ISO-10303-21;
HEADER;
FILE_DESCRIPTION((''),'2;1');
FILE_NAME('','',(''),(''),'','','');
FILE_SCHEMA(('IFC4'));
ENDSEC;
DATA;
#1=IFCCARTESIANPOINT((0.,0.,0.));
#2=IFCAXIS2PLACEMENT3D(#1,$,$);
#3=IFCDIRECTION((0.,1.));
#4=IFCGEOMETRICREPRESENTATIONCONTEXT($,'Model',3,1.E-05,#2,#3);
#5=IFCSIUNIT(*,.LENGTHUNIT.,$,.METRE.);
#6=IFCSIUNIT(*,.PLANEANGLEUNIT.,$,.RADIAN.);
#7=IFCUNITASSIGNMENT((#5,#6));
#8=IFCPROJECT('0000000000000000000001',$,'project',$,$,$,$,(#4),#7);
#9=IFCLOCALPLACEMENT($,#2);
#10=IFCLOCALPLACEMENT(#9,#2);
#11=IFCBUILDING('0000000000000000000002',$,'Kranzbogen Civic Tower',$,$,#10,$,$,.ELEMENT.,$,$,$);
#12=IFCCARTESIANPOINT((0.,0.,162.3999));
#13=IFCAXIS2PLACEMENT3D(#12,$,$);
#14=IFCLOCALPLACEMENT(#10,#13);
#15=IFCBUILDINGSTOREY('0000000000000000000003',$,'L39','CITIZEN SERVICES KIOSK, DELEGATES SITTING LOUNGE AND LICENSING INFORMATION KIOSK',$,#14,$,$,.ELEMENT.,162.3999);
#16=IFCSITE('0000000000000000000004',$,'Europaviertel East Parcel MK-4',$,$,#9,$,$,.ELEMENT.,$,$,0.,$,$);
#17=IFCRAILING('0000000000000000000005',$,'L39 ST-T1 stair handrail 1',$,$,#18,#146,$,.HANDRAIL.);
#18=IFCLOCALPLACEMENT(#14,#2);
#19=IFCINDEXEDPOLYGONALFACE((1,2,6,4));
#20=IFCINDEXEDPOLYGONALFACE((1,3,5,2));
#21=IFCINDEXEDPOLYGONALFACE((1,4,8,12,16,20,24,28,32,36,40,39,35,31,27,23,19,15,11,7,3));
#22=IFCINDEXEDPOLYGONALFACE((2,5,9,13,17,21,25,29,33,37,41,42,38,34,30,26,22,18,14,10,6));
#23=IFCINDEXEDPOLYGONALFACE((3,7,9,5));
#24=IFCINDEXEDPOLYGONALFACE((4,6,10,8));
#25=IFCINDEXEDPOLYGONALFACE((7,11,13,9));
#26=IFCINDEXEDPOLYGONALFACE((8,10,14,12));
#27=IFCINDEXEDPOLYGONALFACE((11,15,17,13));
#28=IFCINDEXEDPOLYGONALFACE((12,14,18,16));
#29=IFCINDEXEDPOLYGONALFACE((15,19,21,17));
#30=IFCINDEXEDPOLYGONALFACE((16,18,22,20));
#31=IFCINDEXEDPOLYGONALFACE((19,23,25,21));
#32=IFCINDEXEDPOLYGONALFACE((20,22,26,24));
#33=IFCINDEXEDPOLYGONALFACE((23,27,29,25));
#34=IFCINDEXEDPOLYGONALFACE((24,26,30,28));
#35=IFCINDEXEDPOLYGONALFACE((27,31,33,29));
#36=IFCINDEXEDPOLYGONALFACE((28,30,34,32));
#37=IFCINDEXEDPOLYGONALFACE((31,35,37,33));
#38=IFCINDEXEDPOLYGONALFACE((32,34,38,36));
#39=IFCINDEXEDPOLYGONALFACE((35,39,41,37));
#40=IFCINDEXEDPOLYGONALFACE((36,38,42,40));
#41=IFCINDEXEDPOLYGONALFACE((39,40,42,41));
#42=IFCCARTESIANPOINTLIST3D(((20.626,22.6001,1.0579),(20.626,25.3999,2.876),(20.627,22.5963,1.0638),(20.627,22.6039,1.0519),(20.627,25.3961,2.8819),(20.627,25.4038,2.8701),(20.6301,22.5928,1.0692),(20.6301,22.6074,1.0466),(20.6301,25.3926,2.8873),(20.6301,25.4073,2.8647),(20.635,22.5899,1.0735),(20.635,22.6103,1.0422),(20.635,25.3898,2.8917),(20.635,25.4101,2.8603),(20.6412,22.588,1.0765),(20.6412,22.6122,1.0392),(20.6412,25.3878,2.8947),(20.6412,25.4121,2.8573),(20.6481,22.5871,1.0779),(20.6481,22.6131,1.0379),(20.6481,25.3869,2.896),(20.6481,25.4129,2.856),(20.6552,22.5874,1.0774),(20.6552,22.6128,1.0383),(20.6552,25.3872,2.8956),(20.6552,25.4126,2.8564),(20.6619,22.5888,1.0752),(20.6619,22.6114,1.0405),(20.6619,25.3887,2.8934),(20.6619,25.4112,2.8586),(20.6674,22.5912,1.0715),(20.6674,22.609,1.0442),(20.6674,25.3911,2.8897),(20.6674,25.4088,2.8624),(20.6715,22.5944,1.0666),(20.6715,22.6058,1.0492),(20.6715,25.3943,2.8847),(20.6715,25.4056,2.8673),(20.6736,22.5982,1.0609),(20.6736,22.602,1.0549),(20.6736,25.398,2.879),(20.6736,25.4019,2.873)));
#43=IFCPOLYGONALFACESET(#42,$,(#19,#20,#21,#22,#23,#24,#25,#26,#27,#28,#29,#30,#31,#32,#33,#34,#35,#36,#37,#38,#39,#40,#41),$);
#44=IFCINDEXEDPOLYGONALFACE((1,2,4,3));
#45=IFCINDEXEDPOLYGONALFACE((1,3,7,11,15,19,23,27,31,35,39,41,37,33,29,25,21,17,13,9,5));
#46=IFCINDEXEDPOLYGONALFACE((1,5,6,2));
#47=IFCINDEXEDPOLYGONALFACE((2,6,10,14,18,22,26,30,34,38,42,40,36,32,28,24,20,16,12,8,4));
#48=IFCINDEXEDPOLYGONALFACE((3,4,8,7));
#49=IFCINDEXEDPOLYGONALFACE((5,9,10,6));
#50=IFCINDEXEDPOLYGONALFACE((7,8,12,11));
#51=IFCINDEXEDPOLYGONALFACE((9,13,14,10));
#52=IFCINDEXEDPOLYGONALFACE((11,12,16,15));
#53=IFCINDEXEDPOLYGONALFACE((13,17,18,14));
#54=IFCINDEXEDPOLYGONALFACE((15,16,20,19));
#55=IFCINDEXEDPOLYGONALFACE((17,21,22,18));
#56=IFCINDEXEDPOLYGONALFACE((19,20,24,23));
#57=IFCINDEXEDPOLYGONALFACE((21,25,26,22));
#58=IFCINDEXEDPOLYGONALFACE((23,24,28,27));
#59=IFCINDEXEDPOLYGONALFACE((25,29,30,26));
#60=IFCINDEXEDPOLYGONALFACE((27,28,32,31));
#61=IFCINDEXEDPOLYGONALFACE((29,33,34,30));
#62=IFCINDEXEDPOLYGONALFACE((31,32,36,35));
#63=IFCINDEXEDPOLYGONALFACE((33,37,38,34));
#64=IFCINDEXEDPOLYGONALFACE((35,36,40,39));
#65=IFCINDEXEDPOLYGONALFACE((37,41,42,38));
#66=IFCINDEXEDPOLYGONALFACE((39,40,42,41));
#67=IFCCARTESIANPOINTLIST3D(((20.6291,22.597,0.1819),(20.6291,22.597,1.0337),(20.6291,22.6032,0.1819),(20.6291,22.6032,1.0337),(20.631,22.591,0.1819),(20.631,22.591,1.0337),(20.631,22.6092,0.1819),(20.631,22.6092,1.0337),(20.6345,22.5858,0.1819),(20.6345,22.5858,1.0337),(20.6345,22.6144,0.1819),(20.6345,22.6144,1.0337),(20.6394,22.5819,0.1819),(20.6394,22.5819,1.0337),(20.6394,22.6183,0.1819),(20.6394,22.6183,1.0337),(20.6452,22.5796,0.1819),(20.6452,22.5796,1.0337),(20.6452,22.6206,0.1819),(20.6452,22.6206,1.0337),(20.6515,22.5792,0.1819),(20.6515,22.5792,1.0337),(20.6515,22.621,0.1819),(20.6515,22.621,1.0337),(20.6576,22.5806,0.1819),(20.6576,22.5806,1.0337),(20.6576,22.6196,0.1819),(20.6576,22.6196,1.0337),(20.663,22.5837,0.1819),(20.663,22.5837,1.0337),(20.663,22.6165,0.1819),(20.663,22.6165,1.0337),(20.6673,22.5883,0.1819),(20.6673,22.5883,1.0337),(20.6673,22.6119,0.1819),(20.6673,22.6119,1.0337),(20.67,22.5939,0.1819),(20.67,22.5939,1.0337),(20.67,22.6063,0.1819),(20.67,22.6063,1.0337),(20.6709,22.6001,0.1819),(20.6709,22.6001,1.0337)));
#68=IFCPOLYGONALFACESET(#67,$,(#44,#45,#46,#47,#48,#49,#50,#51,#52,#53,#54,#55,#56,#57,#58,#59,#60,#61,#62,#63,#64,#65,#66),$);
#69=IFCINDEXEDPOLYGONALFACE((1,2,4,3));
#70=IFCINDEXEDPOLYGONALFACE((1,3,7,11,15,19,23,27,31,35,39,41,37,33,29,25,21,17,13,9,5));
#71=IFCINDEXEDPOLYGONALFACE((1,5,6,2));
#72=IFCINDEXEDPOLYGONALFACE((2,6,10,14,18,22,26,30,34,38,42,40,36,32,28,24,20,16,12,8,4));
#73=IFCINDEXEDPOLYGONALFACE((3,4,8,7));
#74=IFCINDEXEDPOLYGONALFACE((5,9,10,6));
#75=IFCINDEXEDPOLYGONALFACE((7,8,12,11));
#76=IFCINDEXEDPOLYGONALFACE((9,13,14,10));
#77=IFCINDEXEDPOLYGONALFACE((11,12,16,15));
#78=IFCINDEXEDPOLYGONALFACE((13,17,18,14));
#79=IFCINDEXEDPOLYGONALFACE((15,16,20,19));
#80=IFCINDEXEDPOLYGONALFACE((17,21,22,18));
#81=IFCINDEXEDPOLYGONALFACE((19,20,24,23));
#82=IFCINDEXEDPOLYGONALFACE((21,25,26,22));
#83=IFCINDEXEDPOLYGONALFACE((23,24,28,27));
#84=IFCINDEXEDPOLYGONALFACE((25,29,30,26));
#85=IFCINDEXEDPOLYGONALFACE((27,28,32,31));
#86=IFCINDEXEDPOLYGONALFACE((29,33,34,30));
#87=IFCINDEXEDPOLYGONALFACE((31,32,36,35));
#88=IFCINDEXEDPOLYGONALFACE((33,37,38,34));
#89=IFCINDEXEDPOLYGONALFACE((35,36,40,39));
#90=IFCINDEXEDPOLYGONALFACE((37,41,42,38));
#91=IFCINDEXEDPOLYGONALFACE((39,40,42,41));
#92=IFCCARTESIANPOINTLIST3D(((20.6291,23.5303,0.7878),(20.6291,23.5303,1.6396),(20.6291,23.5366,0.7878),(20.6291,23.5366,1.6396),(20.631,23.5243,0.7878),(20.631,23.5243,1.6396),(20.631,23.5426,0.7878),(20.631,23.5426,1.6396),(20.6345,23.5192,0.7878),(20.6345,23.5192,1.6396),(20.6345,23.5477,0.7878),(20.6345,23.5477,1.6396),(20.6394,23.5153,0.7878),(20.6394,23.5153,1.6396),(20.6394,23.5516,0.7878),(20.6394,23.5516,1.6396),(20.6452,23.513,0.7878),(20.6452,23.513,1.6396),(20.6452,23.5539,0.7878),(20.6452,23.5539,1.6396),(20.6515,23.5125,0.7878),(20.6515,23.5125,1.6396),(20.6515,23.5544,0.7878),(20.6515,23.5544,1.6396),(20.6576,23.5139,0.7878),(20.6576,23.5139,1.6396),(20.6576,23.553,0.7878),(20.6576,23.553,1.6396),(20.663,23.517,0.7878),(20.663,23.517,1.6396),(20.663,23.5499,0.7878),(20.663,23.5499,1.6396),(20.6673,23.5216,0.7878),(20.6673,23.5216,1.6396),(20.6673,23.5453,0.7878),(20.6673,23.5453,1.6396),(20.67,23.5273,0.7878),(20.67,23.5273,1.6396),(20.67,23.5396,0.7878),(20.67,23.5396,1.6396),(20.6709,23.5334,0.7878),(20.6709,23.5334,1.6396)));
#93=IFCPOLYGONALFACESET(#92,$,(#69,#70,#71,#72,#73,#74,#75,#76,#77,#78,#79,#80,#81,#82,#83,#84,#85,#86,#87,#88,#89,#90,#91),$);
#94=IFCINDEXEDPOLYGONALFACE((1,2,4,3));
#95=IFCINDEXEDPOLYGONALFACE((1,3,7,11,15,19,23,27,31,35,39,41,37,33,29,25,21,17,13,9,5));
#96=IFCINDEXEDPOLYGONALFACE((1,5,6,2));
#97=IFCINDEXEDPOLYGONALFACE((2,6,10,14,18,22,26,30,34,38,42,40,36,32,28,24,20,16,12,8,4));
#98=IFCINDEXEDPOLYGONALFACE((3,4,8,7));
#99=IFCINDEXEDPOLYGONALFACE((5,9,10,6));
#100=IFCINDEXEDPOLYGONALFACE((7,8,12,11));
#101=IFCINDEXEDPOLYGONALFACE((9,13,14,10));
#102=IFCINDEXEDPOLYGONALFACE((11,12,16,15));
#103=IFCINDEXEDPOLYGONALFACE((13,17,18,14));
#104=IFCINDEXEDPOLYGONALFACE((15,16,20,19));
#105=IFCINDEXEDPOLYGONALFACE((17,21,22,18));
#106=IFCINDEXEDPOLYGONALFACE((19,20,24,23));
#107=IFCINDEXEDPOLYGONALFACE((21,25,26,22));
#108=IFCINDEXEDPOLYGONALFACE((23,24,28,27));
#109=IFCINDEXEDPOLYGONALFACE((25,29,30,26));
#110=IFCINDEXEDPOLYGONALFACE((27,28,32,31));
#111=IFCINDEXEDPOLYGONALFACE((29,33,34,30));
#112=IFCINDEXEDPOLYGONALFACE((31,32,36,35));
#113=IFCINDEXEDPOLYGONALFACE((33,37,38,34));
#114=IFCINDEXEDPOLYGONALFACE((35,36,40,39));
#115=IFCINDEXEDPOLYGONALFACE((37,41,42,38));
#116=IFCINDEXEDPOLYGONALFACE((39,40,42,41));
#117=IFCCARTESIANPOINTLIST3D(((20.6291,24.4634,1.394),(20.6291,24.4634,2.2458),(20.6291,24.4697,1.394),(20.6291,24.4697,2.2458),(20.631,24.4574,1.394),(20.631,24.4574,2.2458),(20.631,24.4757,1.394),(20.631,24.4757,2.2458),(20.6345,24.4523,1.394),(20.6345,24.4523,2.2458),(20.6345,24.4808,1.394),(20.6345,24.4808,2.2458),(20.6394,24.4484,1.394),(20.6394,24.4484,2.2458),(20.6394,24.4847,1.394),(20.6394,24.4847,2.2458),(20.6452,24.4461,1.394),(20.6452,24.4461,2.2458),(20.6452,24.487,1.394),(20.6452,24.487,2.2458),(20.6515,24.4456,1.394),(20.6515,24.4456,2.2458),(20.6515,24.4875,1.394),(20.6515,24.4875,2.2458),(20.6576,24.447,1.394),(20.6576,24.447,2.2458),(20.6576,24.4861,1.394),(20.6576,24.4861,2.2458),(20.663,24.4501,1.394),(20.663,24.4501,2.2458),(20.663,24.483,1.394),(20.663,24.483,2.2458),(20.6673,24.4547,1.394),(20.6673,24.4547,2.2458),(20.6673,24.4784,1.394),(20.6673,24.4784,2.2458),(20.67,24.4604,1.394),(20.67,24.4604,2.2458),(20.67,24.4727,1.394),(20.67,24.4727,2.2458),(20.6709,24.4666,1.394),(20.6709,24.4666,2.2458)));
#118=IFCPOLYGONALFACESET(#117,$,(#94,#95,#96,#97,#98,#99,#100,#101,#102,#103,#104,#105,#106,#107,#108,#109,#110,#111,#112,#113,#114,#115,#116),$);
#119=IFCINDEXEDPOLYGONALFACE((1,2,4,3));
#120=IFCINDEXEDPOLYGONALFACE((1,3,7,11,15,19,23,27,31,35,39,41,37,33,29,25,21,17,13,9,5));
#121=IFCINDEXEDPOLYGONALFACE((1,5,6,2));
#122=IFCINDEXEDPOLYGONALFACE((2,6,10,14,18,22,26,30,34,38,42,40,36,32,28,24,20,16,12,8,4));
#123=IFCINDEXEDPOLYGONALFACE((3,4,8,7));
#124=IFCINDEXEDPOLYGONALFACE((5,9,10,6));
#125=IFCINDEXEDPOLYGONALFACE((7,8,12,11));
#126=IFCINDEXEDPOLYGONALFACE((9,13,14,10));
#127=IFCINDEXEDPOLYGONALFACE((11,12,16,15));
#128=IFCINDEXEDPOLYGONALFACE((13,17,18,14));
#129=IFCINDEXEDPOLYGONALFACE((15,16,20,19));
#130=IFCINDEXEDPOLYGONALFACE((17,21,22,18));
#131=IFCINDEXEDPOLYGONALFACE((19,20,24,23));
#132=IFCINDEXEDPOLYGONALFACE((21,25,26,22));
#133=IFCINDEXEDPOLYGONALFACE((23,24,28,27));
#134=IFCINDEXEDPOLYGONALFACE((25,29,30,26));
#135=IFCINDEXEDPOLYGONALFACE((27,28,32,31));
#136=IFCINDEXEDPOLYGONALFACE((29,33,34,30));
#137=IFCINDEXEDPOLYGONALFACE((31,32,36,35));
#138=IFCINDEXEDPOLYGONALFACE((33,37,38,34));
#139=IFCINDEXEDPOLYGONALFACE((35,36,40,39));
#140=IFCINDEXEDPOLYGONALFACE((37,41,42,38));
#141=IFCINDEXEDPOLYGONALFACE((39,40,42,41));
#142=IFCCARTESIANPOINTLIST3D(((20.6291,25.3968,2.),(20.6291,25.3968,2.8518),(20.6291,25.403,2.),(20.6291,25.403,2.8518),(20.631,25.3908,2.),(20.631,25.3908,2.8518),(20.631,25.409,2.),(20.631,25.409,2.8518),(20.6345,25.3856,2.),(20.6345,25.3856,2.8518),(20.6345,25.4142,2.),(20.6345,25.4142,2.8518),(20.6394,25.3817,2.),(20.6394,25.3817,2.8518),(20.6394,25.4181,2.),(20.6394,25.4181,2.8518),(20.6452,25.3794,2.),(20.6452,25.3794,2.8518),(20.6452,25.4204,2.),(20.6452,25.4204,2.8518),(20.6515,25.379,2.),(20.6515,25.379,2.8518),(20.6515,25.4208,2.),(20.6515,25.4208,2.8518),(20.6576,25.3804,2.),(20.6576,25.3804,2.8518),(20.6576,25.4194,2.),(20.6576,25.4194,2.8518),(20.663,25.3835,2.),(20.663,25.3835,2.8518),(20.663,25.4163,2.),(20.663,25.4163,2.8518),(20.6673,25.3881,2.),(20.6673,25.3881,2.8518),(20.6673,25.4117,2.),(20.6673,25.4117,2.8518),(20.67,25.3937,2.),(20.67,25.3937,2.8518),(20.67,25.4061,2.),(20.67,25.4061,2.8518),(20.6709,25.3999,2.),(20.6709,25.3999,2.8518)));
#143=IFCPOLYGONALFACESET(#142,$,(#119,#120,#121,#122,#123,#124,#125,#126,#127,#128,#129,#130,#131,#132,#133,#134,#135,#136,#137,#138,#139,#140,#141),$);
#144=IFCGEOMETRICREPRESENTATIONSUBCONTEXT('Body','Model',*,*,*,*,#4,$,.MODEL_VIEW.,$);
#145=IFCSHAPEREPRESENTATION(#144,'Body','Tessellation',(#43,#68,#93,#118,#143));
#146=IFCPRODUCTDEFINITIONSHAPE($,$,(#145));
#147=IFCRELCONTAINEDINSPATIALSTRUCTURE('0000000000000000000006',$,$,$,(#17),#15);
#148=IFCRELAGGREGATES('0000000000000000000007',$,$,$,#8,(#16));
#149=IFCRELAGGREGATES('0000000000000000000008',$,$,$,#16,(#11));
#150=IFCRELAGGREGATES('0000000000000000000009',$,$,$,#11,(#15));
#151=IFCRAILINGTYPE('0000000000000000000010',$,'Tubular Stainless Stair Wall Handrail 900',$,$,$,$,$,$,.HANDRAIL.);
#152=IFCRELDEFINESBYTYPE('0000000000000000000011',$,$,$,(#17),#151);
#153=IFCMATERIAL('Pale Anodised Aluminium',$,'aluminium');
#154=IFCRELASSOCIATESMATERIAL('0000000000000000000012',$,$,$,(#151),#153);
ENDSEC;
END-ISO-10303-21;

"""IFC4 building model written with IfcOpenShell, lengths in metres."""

from ifc_helpers import new_model, si_unit, direction, frame, origin, origin_2d, place, context, subcontext, project, spatial, circle, extrude, material, type_object, element, save


model = new_model("IFC4")

# Units and contexts
model_context = context("Model", 3, precision=1e-05, world=origin(), true_north=direction((0.0, 1.0)))
body_context = subcontext(model_context, "Body", "Model", "MODEL_VIEW")
ifc_project = project(units=[si_unit("LENGTHUNIT", "METRE"), si_unit("PLANEANGLEUNIT", "RADIAN")], contexts=[model_context])

# Site, building, storey
site_placement = place(None, origin())
site = spatial("IfcSite", under=ifc_project, at=site_placement, Name="Europaviertel East Parcel MK-4", CompositionType="ELEMENT", RefElevation=0.0)
building_placement = place(site_placement, origin())
building = spatial("IfcBuilding", under=site, at=building_placement, Name="Kranzbogen Civic Tower", CompositionType="ELEMENT")
storey_placement = place(building_placement, frame((0.0, 0.0, 162.3999)))
storey = spatial("IfcBuildingStorey", under=building, at=storey_placement, Name="L39", Description="CITIZEN SERVICES KIOSK, DELEGATES SITTING LOUNGE AND LICENSING INFORMATION KIOSK", CompositionType="ELEMENT", Elevation=162.3999)

# Railing
ifc_material_1 = material(Name="Pale Anodised Aluminium", Category="aluminium")
railing_type = type_object("IfcRailingType", Name="Tubular Stainless Stair Wall Handrail 900", PredefinedType="HANDRAIL", material=ifc_material_1)
railing_placement = place(storey_placement, frame((20.6499, 22.6001, 0.1819)))
element("IfcRailing", 1, at=railing_placement, inside=storey, type_object=railing_type, Name="L39 ST-T1 stair handrail 1", PredefinedType="HANDRAIL", context=body_context, shape_type="SweptSolid", body=[
    extrude(circle(Radius=0.0239, at=origin_2d()), frame((0.0, 0.0, 0.876), z_axis=(0.0, 0.838684, 0.544618), x_axis=(-1.0, 0.0, 0.0)), (0.0, 0.0, 1.0), 3.3384),
    extrude(circle(Radius=0.021, at=origin_2d()), origin(), (0.0, 0.0, 1.0), 0.8518),
    extrude(circle(Radius=0.021, at=origin_2d()), frame((0.0, 0.9333, 0.606)), (0.0, 0.0, 1.0), 0.8518),
    extrude(circle(Radius=0.021, at=origin_2d()), frame((0.0, 1.8665, 1.2122)), (0.0, 0.0, 1.0), 0.8518),
    extrude(circle(Radius=0.021, at=origin_2d()), frame((0.0, 2.7998, 1.8181)), (0.0, 0.0, 1.0), 0.8518),
])

save(model, "model.ifc")
